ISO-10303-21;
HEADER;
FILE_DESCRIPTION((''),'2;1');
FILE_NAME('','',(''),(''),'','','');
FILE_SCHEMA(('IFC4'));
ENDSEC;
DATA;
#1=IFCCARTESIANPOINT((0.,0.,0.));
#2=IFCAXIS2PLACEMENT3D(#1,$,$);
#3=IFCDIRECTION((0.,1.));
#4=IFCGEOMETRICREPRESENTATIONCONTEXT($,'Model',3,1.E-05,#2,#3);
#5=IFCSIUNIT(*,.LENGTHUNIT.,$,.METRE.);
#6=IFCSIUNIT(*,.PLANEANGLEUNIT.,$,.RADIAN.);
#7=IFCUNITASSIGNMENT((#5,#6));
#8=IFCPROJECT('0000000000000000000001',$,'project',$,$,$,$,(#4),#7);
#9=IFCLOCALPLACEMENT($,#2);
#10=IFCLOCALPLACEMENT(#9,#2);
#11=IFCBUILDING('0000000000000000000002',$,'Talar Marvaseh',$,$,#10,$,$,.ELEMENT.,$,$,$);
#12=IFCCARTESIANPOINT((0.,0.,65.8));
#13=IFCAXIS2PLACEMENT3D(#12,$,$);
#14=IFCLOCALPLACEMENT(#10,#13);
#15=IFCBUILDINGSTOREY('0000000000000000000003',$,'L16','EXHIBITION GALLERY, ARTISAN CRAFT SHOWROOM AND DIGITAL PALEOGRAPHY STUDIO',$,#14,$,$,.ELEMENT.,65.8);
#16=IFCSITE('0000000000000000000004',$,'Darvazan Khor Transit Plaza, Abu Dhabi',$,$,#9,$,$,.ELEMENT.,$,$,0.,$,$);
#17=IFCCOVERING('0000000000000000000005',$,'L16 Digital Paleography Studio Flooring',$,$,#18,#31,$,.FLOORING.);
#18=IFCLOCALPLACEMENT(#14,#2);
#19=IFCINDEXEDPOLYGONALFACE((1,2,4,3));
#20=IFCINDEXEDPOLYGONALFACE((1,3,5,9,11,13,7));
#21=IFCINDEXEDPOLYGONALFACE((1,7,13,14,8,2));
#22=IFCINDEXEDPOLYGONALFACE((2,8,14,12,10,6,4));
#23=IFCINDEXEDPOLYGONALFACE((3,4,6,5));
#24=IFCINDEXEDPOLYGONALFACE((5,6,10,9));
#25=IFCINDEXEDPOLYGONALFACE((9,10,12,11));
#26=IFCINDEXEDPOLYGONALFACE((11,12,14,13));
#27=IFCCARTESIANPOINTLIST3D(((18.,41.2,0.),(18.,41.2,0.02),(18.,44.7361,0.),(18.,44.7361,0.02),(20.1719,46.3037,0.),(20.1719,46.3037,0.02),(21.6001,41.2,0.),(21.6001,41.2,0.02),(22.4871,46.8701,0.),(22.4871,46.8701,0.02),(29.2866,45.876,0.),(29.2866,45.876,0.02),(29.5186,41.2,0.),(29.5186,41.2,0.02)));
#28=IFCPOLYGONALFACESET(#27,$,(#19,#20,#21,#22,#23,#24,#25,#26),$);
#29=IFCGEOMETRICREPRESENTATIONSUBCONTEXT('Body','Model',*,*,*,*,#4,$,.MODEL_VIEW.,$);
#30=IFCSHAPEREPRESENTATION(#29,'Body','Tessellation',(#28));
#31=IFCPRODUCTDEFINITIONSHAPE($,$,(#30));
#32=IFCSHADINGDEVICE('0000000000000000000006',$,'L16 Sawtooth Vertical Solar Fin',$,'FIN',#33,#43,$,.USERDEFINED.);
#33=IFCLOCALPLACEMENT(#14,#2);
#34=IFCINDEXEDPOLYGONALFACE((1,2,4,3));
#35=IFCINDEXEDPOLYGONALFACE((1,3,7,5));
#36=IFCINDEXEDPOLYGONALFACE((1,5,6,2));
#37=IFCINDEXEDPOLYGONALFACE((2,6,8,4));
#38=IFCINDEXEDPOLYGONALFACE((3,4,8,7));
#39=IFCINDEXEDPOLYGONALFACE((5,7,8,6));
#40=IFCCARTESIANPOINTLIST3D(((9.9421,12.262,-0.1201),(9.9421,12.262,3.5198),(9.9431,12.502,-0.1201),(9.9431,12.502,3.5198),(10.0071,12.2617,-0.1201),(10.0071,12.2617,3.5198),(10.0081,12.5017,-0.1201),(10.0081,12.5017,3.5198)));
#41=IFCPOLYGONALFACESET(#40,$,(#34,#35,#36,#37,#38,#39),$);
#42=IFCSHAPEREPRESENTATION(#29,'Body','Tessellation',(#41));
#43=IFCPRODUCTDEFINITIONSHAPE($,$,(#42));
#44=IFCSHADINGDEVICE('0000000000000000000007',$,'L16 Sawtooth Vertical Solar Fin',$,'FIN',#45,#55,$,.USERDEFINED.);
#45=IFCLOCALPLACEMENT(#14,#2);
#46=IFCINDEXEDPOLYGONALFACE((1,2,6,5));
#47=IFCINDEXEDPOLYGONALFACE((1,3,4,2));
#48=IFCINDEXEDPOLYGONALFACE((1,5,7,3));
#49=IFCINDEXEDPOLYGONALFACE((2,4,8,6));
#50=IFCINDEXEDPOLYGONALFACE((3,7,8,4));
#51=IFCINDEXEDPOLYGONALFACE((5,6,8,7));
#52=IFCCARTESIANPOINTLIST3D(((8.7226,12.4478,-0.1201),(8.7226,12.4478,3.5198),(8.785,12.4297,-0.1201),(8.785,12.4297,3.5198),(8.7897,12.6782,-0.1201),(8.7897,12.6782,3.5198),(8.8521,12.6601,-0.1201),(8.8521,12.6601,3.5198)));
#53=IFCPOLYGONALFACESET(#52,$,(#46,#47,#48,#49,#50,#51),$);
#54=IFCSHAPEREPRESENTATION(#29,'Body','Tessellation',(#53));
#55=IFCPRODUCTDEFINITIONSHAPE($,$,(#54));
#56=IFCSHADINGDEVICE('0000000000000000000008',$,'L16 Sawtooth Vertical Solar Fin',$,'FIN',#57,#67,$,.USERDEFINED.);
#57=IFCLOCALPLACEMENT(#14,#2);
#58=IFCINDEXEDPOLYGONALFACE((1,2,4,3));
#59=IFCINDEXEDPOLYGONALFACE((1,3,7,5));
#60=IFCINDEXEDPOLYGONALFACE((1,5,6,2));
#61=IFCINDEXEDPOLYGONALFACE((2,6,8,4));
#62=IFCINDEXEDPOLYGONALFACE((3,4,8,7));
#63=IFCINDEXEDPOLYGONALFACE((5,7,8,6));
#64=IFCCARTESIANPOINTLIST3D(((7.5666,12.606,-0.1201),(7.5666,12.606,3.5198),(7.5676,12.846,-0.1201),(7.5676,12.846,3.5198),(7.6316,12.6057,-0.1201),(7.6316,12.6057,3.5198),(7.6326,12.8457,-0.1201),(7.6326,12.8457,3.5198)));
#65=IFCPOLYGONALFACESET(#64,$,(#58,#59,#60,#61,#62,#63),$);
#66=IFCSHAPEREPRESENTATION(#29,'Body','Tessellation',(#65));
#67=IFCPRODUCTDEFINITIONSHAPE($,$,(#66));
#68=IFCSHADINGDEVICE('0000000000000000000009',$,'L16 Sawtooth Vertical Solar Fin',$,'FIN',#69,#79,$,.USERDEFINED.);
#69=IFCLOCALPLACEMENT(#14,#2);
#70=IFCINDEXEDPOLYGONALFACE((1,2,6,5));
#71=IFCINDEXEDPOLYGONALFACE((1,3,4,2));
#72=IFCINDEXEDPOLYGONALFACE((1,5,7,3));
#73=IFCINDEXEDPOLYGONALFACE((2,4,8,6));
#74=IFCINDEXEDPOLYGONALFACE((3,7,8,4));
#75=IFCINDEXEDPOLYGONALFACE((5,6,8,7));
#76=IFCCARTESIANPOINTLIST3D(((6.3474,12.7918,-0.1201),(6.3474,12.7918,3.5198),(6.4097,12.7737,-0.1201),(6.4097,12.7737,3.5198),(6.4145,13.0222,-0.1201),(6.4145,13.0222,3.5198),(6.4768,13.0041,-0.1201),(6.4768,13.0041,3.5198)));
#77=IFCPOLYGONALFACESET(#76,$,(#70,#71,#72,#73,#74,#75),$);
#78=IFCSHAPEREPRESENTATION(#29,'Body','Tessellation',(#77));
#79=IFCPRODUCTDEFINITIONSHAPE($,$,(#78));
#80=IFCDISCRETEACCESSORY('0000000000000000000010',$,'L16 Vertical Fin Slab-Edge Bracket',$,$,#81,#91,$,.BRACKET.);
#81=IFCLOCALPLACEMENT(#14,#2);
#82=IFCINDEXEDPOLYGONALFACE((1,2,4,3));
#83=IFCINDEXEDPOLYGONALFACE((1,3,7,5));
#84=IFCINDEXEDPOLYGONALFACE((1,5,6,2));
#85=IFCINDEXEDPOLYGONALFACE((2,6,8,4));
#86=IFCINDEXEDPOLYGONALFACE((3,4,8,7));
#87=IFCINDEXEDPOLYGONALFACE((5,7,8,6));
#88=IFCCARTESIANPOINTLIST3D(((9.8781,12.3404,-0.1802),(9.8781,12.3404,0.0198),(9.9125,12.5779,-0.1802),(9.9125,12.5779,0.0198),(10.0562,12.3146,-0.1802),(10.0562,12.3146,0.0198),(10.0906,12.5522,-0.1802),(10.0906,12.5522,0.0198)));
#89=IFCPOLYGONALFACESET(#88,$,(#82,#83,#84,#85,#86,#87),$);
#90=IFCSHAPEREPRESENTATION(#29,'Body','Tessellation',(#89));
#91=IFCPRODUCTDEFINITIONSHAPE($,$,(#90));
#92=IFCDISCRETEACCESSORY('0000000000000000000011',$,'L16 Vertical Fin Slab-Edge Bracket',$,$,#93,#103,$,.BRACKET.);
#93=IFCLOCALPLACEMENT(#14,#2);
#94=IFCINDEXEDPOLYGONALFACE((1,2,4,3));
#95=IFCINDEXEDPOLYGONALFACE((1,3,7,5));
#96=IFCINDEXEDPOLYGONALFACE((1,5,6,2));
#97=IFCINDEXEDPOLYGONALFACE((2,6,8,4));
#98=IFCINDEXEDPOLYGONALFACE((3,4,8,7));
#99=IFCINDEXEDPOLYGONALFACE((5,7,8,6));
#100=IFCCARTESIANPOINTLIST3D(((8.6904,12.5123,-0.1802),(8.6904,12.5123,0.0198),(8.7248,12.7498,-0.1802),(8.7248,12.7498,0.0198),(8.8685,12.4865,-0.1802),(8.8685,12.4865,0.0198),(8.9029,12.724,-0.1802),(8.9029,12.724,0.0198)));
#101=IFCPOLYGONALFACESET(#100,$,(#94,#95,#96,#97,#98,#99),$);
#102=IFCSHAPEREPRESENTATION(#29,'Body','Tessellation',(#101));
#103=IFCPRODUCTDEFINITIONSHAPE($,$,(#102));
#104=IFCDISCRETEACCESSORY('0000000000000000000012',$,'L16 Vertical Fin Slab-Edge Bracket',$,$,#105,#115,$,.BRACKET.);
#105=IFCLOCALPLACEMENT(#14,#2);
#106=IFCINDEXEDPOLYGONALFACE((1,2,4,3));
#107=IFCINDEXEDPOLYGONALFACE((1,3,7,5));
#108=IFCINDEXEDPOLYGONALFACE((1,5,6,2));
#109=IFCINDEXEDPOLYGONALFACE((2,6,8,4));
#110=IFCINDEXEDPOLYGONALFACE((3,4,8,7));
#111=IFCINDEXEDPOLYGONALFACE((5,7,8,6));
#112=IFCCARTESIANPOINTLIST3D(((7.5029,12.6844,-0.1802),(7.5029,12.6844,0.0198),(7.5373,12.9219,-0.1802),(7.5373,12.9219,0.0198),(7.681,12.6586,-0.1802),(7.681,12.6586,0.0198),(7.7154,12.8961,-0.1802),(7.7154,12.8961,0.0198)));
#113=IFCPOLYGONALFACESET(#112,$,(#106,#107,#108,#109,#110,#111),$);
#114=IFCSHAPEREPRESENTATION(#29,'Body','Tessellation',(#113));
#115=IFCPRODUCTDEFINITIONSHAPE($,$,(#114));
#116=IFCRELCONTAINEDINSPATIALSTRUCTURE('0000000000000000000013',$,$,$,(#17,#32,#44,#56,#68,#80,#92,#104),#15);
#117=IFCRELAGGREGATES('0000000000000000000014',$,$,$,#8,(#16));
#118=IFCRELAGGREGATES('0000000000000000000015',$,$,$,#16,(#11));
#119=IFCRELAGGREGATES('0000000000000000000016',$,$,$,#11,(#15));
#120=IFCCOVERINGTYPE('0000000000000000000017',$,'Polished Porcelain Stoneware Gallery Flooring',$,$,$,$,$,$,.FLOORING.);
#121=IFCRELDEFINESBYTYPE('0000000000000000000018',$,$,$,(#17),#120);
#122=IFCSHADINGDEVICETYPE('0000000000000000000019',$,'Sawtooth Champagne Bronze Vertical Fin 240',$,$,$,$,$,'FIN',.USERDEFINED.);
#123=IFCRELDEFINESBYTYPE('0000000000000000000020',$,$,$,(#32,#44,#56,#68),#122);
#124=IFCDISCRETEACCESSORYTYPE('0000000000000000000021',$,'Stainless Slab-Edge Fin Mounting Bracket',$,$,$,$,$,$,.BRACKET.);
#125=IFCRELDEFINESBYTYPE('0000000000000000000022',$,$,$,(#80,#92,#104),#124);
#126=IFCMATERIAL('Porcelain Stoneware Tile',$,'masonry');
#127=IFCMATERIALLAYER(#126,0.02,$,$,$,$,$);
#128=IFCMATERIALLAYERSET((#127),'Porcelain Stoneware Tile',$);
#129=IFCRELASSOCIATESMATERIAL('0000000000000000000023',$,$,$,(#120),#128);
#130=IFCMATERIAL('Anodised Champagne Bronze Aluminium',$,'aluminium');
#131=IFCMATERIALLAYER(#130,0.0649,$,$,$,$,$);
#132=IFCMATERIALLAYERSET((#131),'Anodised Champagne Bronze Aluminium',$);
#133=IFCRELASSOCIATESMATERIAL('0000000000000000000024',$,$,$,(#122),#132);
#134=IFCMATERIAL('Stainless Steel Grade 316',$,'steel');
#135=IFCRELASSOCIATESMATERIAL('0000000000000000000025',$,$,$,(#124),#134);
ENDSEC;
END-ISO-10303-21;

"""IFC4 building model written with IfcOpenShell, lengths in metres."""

from ifc_helpers import new_model, si_unit, direction, frame, origin, origin_2d, place, context, subcontext, project, spatial, polyline, rectangle, outline, extrude, source, transform, mapped, material, layer, layer_set, type_object, type_shapes, element, save


model = new_model("IFC4")

# Units and contexts
model_context = context("Model", 3, precision=1e-05, world=origin(), true_north=direction((0.0, 1.0)))
body_context = subcontext(model_context, "Body", "Model", "MODEL_VIEW")
ifc_project = project(units=[si_unit("LENGTHUNIT", "METRE"), si_unit("PLANEANGLEUNIT", "RADIAN")], contexts=[model_context])

# Site, building, storey
site_placement = place(None, origin())
site = spatial("IfcSite", under=ifc_project, at=site_placement, Name="Darvazan Khor Transit Plaza, Abu Dhabi", CompositionType="ELEMENT", RefElevation=0.0)
building_placement = place(site_placement, origin())
building = spatial("IfcBuilding", under=site, at=building_placement, Name="Talar Marvaseh", CompositionType="ELEMENT")
storey_placement = place(building_placement, frame((0.0, 0.0, 65.8)))
storey = spatial("IfcBuildingStorey", under=building, at=storey_placement, Name="L16", Description="EXHIBITION GALLERY, ARTISAN CRAFT SHOWROOM AND DIGITAL PALEOGRAPHY STUDIO", CompositionType="ELEMENT", Elevation=65.8)

# Covering
ifc_material_1 = material(Name="Porcelain Stoneware Tile", Category="masonry")
ifc_layer_1 = layer(ifc_material_1, 0.02)
ifc_layer_set_1 = layer_set([ifc_layer_1], Name="Porcelain Stoneware Tile")
covering_type_1 = type_object("IfcCoveringType", Name="Polished Porcelain Stoneware Gallery Flooring", PredefinedType="FLOORING", material=ifc_layer_set_1)
covering_1_placement = place(storey_placement, origin())
element("IfcCovering", 1, at=covering_1_placement, inside=storey, type_object=covering_type_1, Name="L16 Digital Paleography Studio Flooring", PredefinedType="FLOORING", context=body_context, shape_type="SweptSolid", body=[
    extrude(outline(polyline([(22.4871, 46.8701), (29.2866, 45.876), (29.5186, 41.2), (21.6001, 41.2), (18.0, 41.2), (18.0, 44.7361), (20.1719, 46.3037), (22.4871, 46.8701)])), origin(), (0.0, 0.0, 1.0), 0.02),
])

# Shading devices
ifc_material_2 = material(Name="Anodised Champagne Bronze Aluminium", Category="aluminium")
ifc_layer_2 = layer(ifc_material_2, 0.0649)
ifc_layer_set_2 = layer_set([ifc_layer_2], Name="Anodised Champagne Bronze Aluminium")
shading_device_type = type_object("IfcShadingDeviceType", Name="Sawtooth Champagne Bronze Vertical Fin 240", ElementType="FIN", PredefinedType="USERDEFINED", material=ifc_layer_set_2)
shared_shape_1 = source(origin(), body_context, "Body", "SweptSolid", [
    extrude(rectangle(XDim=0.24, YDim=0.0649, at=origin_2d()), origin(), (0.0, 0.0, 1.0), 3.6399),
])
type_shapes(shading_device_type, [shared_shape_1])
for number, where, z_axis, x_axis, name in (
    (2, (9.9751, 12.3818, -0.1201), (0.0, 0.0, 1.0), (-0.004189, -0.999991, 0.0), "L16 Sawtooth Vertical Solar Fin"),
    (3, (8.7874, 12.554, -0.1201), (0.0, 0.0, 1.0), (-0.279661, -0.960099, 0.0), "L16 Sawtooth Vertical Solar Fin"),
    (4, (7.5996, 12.7258, -0.1201), (0.0, 0.0, 1.0), (-0.004189, -0.999991, 0.0), "L16 Sawtooth Vertical Solar Fin"),
    (5, (6.4121, 12.8979, -0.1201), (0.0, 0.0, 1.0), (-0.279661, -0.960099, 0.0), "L16 Sawtooth Vertical Solar Fin"),
):
    element("IfcShadingDevice", number, at=place(storey_placement, frame(where, z_axis=z_axis, x_axis=x_axis)), inside=storey, type_object=shading_device_type, Name=name, ObjectType="FIN", PredefinedType="USERDEFINED", context=body_context, shape_type="MappedRepresentation", body=[
        mapped(shared_shape_1, transform((0.0, 0.0, 0.0), x_axis=(1.0, 0.0, 0.0), y_axis=(0.0, 1.0, 0.0), z_axis=(0.0, 0.0, 1.0), scale=1.0)),
    ])

# Discrete accessories
ifc_material_3 = material(Name="Stainless Steel Grade 316", Category="steel")
discrete_accessory_type = type_object("IfcDiscreteAccessoryType", Name="Stainless Slab-Edge Fin Mounting Bracket", PredefinedType="BRACKET", material=ifc_material_3)
shared_shape_2 = source(origin(), body_context, "Body", "SweptSolid", [
    extrude(rectangle(XDim=0.24, YDim=0.1799, at=origin_2d()), origin(), (0.0, 0.0, 1.0), 0.2),
])
type_shapes(discrete_accessory_type, [shared_shape_2])
for number, where, z_axis, x_axis, name in (
    (6, (9.9844, 12.4463, -0.1802), (0.0, 0.0, 1.0), (-0.14332, -0.989676, 0.0), "L16 Vertical Fin Slab-Edge Bracket"),
    (7, (8.7966, 12.6182, -0.1802), (0.0, 0.0, 1.0), (-0.14332, -0.989676, 0.0), "L16 Vertical Fin Slab-Edge Bracket"),
    (8, (7.6091, 12.7903, -0.1802), (0.0, 0.0, 1.0), (-0.14332, -0.989676, 0.0), "L16 Vertical Fin Slab-Edge Bracket"),
):
    element("IfcDiscreteAccessory", number, at=place(storey_placement, frame(where, z_axis=z_axis, x_axis=x_axis)), inside=storey, type_object=discrete_accessory_type, Name=name, PredefinedType="BRACKET", context=body_context, shape_type="MappedRepresentation", body=[
        mapped(shared_shape_2, transform((0.0, 0.0, 0.0), x_axis=(1.0, 0.0, 0.0), y_axis=(0.0, 1.0, 0.0), z_axis=(0.0, 0.0, 1.0), scale=1.0)),
    ])

save(model, "model.ifc")
